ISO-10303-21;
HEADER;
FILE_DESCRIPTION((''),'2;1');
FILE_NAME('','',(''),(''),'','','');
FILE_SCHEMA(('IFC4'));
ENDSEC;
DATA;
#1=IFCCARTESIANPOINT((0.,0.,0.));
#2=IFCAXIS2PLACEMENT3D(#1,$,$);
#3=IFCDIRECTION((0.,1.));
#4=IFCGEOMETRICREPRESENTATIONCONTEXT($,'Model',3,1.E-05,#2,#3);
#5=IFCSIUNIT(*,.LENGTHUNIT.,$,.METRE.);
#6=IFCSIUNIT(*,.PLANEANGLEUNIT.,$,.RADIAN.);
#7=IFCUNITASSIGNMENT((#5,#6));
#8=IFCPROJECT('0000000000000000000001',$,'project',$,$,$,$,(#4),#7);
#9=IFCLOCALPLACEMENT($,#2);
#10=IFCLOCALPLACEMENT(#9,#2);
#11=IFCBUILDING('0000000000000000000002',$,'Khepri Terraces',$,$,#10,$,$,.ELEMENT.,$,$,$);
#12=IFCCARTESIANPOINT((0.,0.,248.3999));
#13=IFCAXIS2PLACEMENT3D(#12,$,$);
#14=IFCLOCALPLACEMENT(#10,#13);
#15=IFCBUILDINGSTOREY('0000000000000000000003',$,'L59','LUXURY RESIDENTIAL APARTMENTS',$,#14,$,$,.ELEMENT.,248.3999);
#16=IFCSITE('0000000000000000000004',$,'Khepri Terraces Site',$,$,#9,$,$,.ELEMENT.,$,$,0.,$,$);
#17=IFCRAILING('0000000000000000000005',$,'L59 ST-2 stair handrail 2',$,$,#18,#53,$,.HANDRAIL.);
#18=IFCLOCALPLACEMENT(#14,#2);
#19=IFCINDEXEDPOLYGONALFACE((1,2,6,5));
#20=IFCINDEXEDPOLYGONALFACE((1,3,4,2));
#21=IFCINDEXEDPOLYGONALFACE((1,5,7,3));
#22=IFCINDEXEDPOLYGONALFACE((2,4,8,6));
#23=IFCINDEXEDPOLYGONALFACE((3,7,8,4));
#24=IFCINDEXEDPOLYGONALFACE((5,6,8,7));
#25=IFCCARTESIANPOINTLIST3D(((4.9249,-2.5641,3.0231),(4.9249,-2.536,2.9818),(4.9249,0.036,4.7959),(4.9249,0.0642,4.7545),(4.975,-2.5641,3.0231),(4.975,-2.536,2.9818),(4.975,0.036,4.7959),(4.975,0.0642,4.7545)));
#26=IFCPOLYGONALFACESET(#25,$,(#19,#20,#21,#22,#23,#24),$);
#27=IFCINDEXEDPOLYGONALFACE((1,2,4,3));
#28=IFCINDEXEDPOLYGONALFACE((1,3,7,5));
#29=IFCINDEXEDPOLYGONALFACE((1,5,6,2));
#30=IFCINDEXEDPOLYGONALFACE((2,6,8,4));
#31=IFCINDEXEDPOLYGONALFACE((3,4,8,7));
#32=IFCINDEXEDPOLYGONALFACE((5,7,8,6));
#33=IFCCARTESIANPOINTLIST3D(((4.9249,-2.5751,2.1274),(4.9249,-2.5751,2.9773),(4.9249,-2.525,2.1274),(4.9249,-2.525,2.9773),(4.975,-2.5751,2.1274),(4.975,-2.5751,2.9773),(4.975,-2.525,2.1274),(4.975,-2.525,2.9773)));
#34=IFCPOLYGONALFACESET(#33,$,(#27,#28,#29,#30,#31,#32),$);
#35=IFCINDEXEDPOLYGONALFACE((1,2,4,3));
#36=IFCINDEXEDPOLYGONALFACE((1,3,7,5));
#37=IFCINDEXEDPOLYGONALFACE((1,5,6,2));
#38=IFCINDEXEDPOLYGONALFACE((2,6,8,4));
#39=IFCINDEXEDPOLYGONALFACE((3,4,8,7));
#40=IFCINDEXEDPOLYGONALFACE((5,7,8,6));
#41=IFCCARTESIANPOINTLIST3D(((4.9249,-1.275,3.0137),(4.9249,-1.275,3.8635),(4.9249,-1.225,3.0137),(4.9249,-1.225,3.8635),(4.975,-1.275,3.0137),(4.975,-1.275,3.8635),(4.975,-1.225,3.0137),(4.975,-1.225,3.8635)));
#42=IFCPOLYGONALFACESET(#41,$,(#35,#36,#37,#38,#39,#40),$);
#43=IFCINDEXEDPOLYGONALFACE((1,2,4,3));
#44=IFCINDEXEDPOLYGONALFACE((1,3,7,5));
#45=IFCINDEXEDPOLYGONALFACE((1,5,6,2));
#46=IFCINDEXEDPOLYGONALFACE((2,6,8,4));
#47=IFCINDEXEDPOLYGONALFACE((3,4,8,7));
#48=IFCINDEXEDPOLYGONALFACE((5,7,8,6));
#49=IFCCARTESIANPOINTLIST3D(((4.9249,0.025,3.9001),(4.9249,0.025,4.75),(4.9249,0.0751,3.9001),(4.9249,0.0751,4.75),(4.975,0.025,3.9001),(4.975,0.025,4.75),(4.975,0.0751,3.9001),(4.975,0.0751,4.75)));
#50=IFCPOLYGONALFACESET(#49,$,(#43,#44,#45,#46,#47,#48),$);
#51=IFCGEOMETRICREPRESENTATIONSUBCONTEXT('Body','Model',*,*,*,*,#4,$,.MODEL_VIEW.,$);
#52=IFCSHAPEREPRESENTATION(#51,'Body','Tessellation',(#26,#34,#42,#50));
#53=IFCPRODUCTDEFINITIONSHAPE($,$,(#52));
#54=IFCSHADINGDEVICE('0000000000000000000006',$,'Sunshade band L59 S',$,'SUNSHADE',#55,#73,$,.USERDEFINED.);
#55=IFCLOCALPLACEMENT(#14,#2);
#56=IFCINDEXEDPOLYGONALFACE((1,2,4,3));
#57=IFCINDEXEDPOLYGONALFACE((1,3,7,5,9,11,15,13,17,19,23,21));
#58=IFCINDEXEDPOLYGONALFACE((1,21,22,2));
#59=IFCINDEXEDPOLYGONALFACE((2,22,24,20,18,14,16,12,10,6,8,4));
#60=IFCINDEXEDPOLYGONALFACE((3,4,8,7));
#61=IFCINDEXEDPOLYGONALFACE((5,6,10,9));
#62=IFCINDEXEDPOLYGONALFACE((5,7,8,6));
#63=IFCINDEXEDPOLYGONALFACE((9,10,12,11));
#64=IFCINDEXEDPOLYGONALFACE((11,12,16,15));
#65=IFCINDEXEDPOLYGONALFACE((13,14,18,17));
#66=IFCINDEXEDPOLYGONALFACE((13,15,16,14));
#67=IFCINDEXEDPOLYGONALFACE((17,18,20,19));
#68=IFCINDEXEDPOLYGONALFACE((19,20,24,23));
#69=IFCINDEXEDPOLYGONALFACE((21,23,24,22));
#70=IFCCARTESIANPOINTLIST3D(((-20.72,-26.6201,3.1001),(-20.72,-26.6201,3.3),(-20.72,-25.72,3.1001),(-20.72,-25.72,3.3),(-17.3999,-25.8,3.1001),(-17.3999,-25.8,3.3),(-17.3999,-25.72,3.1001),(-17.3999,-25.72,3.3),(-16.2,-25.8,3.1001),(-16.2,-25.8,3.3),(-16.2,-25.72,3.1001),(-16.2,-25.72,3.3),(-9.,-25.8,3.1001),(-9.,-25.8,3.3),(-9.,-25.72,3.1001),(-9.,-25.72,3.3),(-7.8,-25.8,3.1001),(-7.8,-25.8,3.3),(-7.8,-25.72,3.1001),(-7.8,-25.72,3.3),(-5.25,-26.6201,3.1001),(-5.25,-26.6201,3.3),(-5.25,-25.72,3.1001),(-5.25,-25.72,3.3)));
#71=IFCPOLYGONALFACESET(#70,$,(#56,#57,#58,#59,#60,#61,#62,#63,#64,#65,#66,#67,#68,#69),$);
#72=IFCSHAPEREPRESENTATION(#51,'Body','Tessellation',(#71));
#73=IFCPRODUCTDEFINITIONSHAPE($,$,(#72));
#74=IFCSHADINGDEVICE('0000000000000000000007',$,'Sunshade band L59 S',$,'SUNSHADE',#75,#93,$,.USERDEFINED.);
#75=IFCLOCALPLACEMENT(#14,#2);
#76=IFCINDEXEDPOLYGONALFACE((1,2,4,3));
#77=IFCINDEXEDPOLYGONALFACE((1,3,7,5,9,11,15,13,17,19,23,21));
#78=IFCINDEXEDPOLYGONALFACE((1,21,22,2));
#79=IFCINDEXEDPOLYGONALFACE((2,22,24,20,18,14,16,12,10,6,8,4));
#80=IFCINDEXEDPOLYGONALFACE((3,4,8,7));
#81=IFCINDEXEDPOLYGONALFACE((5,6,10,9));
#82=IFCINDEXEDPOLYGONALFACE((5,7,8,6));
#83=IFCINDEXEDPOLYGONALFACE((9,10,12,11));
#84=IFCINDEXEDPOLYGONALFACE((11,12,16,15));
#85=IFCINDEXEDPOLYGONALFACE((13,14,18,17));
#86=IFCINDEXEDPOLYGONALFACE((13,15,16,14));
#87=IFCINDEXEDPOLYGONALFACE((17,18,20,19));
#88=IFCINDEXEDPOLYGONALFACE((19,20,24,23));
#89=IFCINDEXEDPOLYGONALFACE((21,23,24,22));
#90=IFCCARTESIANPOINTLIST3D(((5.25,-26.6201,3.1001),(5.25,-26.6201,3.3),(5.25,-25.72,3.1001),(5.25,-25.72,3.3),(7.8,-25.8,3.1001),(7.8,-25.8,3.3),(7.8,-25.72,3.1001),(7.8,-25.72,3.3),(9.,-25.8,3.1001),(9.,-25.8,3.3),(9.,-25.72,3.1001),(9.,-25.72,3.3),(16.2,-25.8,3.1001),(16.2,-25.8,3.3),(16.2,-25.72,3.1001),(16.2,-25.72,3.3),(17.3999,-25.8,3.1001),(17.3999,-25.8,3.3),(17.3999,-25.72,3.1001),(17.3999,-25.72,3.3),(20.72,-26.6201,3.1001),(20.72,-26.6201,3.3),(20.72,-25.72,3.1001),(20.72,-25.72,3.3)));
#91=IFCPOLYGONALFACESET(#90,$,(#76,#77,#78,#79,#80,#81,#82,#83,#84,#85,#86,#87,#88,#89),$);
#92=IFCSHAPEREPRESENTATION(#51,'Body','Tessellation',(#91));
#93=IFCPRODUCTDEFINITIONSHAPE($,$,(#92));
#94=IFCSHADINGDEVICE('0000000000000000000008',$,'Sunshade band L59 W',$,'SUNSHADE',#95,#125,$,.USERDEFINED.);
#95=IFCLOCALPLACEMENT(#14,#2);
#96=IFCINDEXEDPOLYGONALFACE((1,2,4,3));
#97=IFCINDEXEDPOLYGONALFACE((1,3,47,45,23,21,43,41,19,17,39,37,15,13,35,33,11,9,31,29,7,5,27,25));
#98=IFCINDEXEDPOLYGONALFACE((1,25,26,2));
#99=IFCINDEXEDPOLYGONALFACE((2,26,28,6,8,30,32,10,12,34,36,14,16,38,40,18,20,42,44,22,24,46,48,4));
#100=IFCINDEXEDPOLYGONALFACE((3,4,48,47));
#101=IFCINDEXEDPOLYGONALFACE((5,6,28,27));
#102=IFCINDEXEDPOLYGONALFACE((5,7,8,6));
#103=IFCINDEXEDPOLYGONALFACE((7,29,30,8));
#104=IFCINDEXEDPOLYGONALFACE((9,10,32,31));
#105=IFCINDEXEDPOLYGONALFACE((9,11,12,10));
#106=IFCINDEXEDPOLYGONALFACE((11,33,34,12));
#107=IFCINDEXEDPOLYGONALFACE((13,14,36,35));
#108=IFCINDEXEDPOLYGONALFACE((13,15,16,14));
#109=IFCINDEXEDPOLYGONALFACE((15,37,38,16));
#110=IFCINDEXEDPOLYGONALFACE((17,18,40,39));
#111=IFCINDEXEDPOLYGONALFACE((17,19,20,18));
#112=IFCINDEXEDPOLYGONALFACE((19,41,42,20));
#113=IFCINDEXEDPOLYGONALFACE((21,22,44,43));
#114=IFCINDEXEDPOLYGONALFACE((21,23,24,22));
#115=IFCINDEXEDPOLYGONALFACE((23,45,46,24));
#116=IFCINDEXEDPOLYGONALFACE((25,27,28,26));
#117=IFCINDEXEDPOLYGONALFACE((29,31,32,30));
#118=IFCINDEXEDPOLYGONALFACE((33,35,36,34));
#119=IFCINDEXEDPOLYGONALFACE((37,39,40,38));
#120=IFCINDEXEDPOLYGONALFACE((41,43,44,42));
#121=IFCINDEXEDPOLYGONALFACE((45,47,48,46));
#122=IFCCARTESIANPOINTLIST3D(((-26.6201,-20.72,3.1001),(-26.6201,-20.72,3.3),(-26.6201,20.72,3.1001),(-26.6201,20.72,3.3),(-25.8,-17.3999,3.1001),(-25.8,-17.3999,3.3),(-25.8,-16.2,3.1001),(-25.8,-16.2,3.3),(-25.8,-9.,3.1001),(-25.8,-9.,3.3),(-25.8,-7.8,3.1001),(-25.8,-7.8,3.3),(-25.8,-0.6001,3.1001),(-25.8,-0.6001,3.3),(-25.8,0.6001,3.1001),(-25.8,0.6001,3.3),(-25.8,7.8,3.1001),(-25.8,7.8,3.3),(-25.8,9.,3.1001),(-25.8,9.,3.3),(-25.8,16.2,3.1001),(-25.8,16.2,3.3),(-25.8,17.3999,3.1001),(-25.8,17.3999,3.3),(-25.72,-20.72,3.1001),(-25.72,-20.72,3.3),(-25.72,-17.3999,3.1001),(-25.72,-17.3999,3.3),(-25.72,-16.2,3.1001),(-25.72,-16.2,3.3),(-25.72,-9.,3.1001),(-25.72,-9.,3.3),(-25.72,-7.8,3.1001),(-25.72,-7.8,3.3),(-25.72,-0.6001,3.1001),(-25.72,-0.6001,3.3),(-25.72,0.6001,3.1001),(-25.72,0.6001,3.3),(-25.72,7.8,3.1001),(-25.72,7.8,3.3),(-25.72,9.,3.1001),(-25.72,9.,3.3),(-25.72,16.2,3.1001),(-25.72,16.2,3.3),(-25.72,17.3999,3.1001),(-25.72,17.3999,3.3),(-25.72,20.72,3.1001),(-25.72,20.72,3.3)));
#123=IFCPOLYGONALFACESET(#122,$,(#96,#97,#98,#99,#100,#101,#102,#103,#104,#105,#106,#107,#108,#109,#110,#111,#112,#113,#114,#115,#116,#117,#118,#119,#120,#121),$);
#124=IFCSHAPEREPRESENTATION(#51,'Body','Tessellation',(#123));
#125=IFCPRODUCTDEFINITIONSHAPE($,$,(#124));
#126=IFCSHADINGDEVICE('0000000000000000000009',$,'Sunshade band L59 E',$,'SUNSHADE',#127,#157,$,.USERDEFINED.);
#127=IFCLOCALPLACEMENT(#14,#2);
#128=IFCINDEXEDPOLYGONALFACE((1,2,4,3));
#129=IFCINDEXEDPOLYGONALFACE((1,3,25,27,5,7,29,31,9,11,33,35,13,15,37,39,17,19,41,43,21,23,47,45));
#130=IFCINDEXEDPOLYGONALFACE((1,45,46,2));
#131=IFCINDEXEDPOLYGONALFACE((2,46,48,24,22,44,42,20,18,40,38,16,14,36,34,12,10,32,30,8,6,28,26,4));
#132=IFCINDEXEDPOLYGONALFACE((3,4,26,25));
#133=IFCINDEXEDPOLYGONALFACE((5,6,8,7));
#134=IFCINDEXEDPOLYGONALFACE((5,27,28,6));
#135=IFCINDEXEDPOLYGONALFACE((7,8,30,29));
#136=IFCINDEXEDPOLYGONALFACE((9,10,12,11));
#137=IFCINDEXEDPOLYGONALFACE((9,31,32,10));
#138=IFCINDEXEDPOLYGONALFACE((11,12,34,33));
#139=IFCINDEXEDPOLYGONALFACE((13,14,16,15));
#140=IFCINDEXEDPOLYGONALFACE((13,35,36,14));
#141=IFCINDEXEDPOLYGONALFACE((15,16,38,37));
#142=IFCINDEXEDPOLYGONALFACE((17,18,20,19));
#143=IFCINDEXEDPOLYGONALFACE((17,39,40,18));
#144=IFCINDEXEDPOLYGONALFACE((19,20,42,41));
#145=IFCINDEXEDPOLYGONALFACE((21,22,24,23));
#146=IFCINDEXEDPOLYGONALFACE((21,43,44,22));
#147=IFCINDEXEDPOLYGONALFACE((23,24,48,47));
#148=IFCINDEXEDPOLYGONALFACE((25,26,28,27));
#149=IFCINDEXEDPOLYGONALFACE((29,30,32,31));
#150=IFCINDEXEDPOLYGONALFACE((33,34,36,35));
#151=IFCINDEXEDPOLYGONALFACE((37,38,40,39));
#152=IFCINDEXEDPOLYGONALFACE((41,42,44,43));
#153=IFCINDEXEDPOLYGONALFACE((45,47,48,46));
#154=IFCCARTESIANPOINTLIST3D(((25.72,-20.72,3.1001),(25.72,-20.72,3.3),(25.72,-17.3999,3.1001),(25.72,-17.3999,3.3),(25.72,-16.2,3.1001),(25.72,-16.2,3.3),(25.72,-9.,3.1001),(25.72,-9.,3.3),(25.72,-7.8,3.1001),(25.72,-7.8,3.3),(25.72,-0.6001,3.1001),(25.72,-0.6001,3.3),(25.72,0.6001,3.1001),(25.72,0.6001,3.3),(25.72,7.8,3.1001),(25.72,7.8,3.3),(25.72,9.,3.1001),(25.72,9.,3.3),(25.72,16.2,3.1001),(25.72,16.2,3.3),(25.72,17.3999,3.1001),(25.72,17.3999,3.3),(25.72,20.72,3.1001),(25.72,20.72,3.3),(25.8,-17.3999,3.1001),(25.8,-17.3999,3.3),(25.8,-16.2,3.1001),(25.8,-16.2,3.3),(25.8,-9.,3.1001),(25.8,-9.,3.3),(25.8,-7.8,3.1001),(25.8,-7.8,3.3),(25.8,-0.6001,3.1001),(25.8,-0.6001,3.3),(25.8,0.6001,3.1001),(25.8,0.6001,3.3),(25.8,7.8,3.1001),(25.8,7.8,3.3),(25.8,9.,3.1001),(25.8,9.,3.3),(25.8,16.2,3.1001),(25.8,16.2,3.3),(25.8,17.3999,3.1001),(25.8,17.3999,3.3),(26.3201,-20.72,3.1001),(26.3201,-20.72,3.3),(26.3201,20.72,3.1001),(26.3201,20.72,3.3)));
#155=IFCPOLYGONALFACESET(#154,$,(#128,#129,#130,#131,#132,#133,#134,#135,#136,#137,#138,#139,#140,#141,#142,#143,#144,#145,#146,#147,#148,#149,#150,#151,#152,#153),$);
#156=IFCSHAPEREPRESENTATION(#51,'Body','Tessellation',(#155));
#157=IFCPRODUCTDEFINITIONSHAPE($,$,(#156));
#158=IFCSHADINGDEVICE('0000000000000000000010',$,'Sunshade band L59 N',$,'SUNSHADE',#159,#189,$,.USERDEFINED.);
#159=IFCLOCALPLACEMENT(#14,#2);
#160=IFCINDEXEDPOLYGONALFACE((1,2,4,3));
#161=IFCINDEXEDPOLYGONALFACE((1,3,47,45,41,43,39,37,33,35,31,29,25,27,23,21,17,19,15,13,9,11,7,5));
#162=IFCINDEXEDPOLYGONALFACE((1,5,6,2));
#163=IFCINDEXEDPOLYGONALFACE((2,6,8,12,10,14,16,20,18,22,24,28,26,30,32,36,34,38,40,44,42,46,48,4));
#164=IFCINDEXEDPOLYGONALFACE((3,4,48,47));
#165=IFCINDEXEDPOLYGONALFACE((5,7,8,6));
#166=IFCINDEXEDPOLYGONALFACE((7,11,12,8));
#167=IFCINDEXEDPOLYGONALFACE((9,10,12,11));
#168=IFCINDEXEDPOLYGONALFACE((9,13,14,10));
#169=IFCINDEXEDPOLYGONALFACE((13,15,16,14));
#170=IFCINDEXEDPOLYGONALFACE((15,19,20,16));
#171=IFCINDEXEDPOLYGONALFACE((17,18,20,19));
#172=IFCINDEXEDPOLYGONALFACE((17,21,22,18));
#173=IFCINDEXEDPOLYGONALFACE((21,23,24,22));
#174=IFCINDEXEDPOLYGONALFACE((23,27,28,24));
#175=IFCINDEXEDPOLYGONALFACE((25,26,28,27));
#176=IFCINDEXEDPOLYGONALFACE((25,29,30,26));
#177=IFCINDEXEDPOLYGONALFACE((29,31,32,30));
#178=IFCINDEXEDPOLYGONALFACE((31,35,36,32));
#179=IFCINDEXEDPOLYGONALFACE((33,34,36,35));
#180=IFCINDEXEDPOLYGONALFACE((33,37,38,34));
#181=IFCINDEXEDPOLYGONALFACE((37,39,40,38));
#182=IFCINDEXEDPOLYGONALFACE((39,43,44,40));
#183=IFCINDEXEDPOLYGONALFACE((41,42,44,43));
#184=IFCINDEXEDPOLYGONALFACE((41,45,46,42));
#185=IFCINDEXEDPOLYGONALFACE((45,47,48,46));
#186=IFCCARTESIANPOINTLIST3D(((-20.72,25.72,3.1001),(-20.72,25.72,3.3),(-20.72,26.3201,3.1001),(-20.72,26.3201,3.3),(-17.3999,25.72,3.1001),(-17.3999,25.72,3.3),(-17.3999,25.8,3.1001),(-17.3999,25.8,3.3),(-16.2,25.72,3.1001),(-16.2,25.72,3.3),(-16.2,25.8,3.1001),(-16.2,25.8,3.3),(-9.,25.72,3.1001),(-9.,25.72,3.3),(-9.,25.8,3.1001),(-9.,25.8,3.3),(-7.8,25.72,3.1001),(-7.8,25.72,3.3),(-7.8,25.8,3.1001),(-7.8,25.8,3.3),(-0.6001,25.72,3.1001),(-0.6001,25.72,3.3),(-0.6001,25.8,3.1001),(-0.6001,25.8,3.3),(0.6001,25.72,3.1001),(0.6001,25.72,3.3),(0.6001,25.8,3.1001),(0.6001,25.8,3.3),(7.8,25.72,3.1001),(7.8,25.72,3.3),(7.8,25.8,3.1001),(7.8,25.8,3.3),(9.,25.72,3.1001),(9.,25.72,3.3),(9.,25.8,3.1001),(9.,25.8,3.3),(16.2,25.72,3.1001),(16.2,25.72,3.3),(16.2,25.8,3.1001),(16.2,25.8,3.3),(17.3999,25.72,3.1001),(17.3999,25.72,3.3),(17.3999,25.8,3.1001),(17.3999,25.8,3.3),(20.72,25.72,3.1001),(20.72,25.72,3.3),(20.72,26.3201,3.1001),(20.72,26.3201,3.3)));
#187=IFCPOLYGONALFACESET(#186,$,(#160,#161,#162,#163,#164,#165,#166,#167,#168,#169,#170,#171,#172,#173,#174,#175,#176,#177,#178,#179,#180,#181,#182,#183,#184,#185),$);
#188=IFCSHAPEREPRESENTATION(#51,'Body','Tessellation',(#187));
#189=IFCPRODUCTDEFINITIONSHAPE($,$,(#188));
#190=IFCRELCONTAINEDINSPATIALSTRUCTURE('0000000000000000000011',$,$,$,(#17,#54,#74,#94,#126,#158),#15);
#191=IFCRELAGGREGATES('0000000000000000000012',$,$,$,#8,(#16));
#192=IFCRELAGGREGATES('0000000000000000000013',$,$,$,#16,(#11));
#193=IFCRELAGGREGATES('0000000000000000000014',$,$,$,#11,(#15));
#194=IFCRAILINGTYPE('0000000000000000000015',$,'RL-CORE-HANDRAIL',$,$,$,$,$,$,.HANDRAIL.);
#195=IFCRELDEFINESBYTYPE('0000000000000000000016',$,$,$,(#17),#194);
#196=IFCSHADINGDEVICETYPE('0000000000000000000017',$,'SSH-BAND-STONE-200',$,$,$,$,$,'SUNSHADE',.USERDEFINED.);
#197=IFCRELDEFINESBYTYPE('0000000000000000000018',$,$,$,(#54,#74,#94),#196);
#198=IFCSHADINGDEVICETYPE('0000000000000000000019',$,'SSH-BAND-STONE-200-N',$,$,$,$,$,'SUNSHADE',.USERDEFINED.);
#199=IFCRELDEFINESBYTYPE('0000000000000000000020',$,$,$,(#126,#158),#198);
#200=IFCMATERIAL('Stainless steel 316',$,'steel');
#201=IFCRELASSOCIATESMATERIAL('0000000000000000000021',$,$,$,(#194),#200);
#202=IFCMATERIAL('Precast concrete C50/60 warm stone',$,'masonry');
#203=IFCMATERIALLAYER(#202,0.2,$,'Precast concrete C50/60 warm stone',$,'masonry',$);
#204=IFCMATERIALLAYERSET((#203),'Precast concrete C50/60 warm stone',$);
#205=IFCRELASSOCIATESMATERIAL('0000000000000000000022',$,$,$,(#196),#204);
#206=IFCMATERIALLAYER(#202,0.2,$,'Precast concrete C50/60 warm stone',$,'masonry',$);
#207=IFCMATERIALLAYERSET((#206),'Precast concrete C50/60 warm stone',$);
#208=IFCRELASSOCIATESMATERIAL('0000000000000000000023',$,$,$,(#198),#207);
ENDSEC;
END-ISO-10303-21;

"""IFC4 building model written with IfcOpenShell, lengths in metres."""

from ifc_helpers import new_model, si_unit, direction, frame, origin, origin_2d, place, context, subcontext, project, spatial, polyline, rectangle, outline, extrude, material, layer, layer_set, type_object, element, save


model = new_model("IFC4")

# Units and contexts
model_context = context("Model", 3, precision=1e-05, world=origin(), true_north=direction((0.0, 1.0)))
body_context = subcontext(model_context, "Body", "Model", "MODEL_VIEW")
ifc_project = project(units=[si_unit("LENGTHUNIT", "METRE"), si_unit("PLANEANGLEUNIT", "RADIAN")], contexts=[model_context])

# Site, building, storey
site_placement = place(None, origin())
site = spatial("IfcSite", under=ifc_project, at=site_placement, Name="Khepri Terraces Site", CompositionType="ELEMENT", RefElevation=0.0)
building_placement = place(site_placement, origin())
building = spatial("IfcBuilding", under=site, at=building_placement, Name="Khepri Terraces", CompositionType="ELEMENT")
storey_placement = place(building_placement, frame((0.0, 0.0, 248.3999)))
storey = spatial("IfcBuildingStorey", under=building, at=storey_placement, Name="L59", Description="LUXURY RESIDENTIAL APARTMENTS", CompositionType="ELEMENT", Elevation=248.3999)

# Shared definitions
ifc_material_1 = material(Name="Precast concrete C50/60 warm stone", Category="masonry")

# Railing
ifc_material_2 = material(Name="Stainless steel 316", Category="steel")
railing_type_1 = type_object("IfcRailingType", Name="RL-CORE-HANDRAIL", PredefinedType="HANDRAIL", material=ifc_material_2)
railing_1_placement = place(storey_placement, frame((4.95, -2.55, 2.1274)))
element("IfcRailing", 1, at=railing_1_placement, inside=storey, type_object=railing_type_1, Name="L59 ST-2 stair handrail 2", PredefinedType="HANDRAIL", context=body_context, shape_type="SweptSolid", body=[
    extrude(rectangle(XDim=0.05, YDim=0.05, at=origin_2d()), frame((0.0, 0.0, 0.875), z_axis=(0.0, 0.82624, 0.563318), x_axis=(-1.0, 0.0, 0.0)), (0.0, 0.0, 1.0), 3.147),
    extrude(rectangle(XDim=0.05, YDim=0.05, at=origin_2d()), origin(), (0.0, 0.0, 1.0), 0.8499),
    extrude(rectangle(XDim=0.05, YDim=0.05, at=origin_2d()), frame((0.0, 1.3, 0.8862)), (0.0, 0.0, 1.0), 0.8499),
    extrude(rectangle(XDim=0.05, YDim=0.05, at=origin_2d()), frame((0.0, 2.6001, 1.7727)), (0.0, 0.0, 1.0), 0.8499),
])

# Shading devices
ifc_layer_1 = layer(ifc_material_1, 0.2, Name="Precast concrete C50/60 warm stone", Category="masonry")
ifc_layer_set_1 = layer_set([ifc_layer_1], Name="Precast concrete C50/60 warm stone")
shading_device_type_1 = type_object("IfcShadingDeviceType", Name="SSH-BAND-STONE-200", ElementType="SUNSHADE", PredefinedType="USERDEFINED", material=ifc_layer_set_1)
shading_device_1_placement = place(storey_placement, frame((0.0, 0.0, 3.1001)))
element("IfcShadingDevice", 2, at=shading_device_1_placement, inside=storey, type_object=shading_device_type_1, Name="Sunshade band L59 S", ObjectType="SUNSHADE", PredefinedType="USERDEFINED", context=body_context, shape_type="SweptSolid", body=[
    extrude(outline(polyline([(-17.3999, -25.72), (-20.72, -25.72), (-20.72, -26.6201), (-5.25, -26.6201), (-5.25, -25.72), (-7.8, -25.72), (-7.8, -25.8), (-9.0, -25.8), (-9.0, -25.72), (-16.2, -25.72), (-16.2, -25.8), (-17.3999, -25.8), (-17.3999, -25.72)])), origin(), (0.0, 0.0, 1.0), 0.2),
])
shading_device_2_placement = place(storey_placement, frame((0.0, 0.0, 3.1001)))
element("IfcShadingDevice", 3, at=shading_device_2_placement, inside=storey, type_object=shading_device_type_1, Name="Sunshade band L59 S", ObjectType="SUNSHADE", PredefinedType="USERDEFINED", context=body_context, shape_type="SweptSolid", body=[
    extrude(outline(polyline([(7.8, -25.72), (5.25, -25.72), (5.25, -26.6201), (20.72, -26.6201), (20.72, -25.72), (17.3999, -25.72), (17.3999, -25.8), (16.2, -25.8), (16.2, -25.72), (9.0, -25.72), (9.0, -25.8), (7.8, -25.8), (7.8, -25.72)])), origin(), (0.0, 0.0, 1.0), 0.2),
])
shading_device_3_placement = place(storey_placement, frame((0.0, 0.0, 3.1001)))
element("IfcShadingDevice", 4, at=shading_device_3_placement, inside=storey, type_object=shading_device_type_1, Name="Sunshade band L59 W", ObjectType="SUNSHADE", PredefinedType="USERDEFINED", context=body_context, shape_type="SweptSolid", body=[
    extrude(outline(polyline([(-25.72, 17.3999), (-25.72, 20.72), (-26.6201, 20.72), (-26.6201, -20.72), (-25.72, -20.72), (-25.72, -17.3999), (-25.8, -17.3999), (-25.8, -16.2), (-25.72, -16.2), (-25.72, -9.0), (-25.8, -9.0), (-25.8, -7.8), (-25.72, -7.8), (-25.72, -0.6001), (-25.8, -0.6001), (-25.8, 0.6001), (-25.72, 0.6001), (-25.72, 7.8), (-25.8, 7.8), (-25.8, 9.0), (-25.72, 9.0), (-25.72, 16.2), (-25.8, 16.2), (-25.8, 17.3999), (-25.72, 17.3999)])), origin(), (0.0, 0.0, 1.0), 0.2),
])
ifc_layer_2 = layer(ifc_material_1, 0.2, Name="Precast concrete C50/60 warm stone", Category="masonry")
ifc_layer_set_2 = layer_set([ifc_layer_2], Name="Precast concrete C50/60 warm stone")
shading_device_type_2 = type_object("IfcShadingDeviceType", Name="SSH-BAND-STONE-200-N", ElementType="SUNSHADE", PredefinedType="USERDEFINED", material=ifc_layer_set_2)
shading_device_4_placement = place(storey_placement, frame((0.0, 0.0, 3.1001)))
element("IfcShadingDevice", 5, at=shading_device_4_placement, inside=storey, type_object=shading_device_type_2, Name="Sunshade band L59 E", ObjectType="SUNSHADE", PredefinedType="USERDEFINED", context=body_context, shape_type="SweptSolid", body=[
    extrude(outline(polyline([(25.72, -17.3999), (25.72, -20.72), (26.3201, -20.72), (26.3201, 20.72), (25.72, 20.72), (25.72, 17.3999), (25.8, 17.3999), (25.8, 16.2), (25.72, 16.2), (25.72, 9.0), (25.8, 9.0), (25.8, 7.8), (25.72, 7.8), (25.72, 0.6001), (25.8, 0.6001), (25.8, -0.6001), (25.72, -0.6001), (25.72, -7.8), (25.8, -7.8), (25.8, -9.0), (25.72, -9.0), (25.72, -16.2), (25.8, -16.2), (25.8, -17.3999), (25.72, -17.3999)])), origin(), (0.0, 0.0, 1.0), 0.2),
])
shading_device_5_placement = place(storey_placement, frame((0.0, 0.0, 3.1001)))
element("IfcShadingDevice", 6, at=shading_device_5_placement, inside=storey, type_object=shading_device_type_2, Name="Sunshade band L59 N", ObjectType="SUNSHADE", PredefinedType="USERDEFINED", context=body_context, shape_type="SweptSolid", body=[
    extrude(outline(polyline([(17.3999, 25.72), (20.72, 25.72), (20.72, 26.3201), (-20.72, 26.3201), (-20.72, 25.72), (-17.3999, 25.72), (-17.3999, 25.8), (-16.2, 25.8), (-16.2, 25.72), (-9.0, 25.72), (-9.0, 25.8), (-7.8, 25.8), (-7.8, 25.72), (-0.6001, 25.72), (-0.6001, 25.8), (0.6001, 25.8), (0.6001, 25.72), (7.8, 25.72), (7.8, 25.8), (9.0, 25.8), (9.0, 25.72), (16.2, 25.72), (16.2, 25.8), (17.3999, 25.8), (17.3999, 25.72)])), origin(), (0.0, 0.0, 1.0), 0.2),
])

save(model, "model.ifc")
